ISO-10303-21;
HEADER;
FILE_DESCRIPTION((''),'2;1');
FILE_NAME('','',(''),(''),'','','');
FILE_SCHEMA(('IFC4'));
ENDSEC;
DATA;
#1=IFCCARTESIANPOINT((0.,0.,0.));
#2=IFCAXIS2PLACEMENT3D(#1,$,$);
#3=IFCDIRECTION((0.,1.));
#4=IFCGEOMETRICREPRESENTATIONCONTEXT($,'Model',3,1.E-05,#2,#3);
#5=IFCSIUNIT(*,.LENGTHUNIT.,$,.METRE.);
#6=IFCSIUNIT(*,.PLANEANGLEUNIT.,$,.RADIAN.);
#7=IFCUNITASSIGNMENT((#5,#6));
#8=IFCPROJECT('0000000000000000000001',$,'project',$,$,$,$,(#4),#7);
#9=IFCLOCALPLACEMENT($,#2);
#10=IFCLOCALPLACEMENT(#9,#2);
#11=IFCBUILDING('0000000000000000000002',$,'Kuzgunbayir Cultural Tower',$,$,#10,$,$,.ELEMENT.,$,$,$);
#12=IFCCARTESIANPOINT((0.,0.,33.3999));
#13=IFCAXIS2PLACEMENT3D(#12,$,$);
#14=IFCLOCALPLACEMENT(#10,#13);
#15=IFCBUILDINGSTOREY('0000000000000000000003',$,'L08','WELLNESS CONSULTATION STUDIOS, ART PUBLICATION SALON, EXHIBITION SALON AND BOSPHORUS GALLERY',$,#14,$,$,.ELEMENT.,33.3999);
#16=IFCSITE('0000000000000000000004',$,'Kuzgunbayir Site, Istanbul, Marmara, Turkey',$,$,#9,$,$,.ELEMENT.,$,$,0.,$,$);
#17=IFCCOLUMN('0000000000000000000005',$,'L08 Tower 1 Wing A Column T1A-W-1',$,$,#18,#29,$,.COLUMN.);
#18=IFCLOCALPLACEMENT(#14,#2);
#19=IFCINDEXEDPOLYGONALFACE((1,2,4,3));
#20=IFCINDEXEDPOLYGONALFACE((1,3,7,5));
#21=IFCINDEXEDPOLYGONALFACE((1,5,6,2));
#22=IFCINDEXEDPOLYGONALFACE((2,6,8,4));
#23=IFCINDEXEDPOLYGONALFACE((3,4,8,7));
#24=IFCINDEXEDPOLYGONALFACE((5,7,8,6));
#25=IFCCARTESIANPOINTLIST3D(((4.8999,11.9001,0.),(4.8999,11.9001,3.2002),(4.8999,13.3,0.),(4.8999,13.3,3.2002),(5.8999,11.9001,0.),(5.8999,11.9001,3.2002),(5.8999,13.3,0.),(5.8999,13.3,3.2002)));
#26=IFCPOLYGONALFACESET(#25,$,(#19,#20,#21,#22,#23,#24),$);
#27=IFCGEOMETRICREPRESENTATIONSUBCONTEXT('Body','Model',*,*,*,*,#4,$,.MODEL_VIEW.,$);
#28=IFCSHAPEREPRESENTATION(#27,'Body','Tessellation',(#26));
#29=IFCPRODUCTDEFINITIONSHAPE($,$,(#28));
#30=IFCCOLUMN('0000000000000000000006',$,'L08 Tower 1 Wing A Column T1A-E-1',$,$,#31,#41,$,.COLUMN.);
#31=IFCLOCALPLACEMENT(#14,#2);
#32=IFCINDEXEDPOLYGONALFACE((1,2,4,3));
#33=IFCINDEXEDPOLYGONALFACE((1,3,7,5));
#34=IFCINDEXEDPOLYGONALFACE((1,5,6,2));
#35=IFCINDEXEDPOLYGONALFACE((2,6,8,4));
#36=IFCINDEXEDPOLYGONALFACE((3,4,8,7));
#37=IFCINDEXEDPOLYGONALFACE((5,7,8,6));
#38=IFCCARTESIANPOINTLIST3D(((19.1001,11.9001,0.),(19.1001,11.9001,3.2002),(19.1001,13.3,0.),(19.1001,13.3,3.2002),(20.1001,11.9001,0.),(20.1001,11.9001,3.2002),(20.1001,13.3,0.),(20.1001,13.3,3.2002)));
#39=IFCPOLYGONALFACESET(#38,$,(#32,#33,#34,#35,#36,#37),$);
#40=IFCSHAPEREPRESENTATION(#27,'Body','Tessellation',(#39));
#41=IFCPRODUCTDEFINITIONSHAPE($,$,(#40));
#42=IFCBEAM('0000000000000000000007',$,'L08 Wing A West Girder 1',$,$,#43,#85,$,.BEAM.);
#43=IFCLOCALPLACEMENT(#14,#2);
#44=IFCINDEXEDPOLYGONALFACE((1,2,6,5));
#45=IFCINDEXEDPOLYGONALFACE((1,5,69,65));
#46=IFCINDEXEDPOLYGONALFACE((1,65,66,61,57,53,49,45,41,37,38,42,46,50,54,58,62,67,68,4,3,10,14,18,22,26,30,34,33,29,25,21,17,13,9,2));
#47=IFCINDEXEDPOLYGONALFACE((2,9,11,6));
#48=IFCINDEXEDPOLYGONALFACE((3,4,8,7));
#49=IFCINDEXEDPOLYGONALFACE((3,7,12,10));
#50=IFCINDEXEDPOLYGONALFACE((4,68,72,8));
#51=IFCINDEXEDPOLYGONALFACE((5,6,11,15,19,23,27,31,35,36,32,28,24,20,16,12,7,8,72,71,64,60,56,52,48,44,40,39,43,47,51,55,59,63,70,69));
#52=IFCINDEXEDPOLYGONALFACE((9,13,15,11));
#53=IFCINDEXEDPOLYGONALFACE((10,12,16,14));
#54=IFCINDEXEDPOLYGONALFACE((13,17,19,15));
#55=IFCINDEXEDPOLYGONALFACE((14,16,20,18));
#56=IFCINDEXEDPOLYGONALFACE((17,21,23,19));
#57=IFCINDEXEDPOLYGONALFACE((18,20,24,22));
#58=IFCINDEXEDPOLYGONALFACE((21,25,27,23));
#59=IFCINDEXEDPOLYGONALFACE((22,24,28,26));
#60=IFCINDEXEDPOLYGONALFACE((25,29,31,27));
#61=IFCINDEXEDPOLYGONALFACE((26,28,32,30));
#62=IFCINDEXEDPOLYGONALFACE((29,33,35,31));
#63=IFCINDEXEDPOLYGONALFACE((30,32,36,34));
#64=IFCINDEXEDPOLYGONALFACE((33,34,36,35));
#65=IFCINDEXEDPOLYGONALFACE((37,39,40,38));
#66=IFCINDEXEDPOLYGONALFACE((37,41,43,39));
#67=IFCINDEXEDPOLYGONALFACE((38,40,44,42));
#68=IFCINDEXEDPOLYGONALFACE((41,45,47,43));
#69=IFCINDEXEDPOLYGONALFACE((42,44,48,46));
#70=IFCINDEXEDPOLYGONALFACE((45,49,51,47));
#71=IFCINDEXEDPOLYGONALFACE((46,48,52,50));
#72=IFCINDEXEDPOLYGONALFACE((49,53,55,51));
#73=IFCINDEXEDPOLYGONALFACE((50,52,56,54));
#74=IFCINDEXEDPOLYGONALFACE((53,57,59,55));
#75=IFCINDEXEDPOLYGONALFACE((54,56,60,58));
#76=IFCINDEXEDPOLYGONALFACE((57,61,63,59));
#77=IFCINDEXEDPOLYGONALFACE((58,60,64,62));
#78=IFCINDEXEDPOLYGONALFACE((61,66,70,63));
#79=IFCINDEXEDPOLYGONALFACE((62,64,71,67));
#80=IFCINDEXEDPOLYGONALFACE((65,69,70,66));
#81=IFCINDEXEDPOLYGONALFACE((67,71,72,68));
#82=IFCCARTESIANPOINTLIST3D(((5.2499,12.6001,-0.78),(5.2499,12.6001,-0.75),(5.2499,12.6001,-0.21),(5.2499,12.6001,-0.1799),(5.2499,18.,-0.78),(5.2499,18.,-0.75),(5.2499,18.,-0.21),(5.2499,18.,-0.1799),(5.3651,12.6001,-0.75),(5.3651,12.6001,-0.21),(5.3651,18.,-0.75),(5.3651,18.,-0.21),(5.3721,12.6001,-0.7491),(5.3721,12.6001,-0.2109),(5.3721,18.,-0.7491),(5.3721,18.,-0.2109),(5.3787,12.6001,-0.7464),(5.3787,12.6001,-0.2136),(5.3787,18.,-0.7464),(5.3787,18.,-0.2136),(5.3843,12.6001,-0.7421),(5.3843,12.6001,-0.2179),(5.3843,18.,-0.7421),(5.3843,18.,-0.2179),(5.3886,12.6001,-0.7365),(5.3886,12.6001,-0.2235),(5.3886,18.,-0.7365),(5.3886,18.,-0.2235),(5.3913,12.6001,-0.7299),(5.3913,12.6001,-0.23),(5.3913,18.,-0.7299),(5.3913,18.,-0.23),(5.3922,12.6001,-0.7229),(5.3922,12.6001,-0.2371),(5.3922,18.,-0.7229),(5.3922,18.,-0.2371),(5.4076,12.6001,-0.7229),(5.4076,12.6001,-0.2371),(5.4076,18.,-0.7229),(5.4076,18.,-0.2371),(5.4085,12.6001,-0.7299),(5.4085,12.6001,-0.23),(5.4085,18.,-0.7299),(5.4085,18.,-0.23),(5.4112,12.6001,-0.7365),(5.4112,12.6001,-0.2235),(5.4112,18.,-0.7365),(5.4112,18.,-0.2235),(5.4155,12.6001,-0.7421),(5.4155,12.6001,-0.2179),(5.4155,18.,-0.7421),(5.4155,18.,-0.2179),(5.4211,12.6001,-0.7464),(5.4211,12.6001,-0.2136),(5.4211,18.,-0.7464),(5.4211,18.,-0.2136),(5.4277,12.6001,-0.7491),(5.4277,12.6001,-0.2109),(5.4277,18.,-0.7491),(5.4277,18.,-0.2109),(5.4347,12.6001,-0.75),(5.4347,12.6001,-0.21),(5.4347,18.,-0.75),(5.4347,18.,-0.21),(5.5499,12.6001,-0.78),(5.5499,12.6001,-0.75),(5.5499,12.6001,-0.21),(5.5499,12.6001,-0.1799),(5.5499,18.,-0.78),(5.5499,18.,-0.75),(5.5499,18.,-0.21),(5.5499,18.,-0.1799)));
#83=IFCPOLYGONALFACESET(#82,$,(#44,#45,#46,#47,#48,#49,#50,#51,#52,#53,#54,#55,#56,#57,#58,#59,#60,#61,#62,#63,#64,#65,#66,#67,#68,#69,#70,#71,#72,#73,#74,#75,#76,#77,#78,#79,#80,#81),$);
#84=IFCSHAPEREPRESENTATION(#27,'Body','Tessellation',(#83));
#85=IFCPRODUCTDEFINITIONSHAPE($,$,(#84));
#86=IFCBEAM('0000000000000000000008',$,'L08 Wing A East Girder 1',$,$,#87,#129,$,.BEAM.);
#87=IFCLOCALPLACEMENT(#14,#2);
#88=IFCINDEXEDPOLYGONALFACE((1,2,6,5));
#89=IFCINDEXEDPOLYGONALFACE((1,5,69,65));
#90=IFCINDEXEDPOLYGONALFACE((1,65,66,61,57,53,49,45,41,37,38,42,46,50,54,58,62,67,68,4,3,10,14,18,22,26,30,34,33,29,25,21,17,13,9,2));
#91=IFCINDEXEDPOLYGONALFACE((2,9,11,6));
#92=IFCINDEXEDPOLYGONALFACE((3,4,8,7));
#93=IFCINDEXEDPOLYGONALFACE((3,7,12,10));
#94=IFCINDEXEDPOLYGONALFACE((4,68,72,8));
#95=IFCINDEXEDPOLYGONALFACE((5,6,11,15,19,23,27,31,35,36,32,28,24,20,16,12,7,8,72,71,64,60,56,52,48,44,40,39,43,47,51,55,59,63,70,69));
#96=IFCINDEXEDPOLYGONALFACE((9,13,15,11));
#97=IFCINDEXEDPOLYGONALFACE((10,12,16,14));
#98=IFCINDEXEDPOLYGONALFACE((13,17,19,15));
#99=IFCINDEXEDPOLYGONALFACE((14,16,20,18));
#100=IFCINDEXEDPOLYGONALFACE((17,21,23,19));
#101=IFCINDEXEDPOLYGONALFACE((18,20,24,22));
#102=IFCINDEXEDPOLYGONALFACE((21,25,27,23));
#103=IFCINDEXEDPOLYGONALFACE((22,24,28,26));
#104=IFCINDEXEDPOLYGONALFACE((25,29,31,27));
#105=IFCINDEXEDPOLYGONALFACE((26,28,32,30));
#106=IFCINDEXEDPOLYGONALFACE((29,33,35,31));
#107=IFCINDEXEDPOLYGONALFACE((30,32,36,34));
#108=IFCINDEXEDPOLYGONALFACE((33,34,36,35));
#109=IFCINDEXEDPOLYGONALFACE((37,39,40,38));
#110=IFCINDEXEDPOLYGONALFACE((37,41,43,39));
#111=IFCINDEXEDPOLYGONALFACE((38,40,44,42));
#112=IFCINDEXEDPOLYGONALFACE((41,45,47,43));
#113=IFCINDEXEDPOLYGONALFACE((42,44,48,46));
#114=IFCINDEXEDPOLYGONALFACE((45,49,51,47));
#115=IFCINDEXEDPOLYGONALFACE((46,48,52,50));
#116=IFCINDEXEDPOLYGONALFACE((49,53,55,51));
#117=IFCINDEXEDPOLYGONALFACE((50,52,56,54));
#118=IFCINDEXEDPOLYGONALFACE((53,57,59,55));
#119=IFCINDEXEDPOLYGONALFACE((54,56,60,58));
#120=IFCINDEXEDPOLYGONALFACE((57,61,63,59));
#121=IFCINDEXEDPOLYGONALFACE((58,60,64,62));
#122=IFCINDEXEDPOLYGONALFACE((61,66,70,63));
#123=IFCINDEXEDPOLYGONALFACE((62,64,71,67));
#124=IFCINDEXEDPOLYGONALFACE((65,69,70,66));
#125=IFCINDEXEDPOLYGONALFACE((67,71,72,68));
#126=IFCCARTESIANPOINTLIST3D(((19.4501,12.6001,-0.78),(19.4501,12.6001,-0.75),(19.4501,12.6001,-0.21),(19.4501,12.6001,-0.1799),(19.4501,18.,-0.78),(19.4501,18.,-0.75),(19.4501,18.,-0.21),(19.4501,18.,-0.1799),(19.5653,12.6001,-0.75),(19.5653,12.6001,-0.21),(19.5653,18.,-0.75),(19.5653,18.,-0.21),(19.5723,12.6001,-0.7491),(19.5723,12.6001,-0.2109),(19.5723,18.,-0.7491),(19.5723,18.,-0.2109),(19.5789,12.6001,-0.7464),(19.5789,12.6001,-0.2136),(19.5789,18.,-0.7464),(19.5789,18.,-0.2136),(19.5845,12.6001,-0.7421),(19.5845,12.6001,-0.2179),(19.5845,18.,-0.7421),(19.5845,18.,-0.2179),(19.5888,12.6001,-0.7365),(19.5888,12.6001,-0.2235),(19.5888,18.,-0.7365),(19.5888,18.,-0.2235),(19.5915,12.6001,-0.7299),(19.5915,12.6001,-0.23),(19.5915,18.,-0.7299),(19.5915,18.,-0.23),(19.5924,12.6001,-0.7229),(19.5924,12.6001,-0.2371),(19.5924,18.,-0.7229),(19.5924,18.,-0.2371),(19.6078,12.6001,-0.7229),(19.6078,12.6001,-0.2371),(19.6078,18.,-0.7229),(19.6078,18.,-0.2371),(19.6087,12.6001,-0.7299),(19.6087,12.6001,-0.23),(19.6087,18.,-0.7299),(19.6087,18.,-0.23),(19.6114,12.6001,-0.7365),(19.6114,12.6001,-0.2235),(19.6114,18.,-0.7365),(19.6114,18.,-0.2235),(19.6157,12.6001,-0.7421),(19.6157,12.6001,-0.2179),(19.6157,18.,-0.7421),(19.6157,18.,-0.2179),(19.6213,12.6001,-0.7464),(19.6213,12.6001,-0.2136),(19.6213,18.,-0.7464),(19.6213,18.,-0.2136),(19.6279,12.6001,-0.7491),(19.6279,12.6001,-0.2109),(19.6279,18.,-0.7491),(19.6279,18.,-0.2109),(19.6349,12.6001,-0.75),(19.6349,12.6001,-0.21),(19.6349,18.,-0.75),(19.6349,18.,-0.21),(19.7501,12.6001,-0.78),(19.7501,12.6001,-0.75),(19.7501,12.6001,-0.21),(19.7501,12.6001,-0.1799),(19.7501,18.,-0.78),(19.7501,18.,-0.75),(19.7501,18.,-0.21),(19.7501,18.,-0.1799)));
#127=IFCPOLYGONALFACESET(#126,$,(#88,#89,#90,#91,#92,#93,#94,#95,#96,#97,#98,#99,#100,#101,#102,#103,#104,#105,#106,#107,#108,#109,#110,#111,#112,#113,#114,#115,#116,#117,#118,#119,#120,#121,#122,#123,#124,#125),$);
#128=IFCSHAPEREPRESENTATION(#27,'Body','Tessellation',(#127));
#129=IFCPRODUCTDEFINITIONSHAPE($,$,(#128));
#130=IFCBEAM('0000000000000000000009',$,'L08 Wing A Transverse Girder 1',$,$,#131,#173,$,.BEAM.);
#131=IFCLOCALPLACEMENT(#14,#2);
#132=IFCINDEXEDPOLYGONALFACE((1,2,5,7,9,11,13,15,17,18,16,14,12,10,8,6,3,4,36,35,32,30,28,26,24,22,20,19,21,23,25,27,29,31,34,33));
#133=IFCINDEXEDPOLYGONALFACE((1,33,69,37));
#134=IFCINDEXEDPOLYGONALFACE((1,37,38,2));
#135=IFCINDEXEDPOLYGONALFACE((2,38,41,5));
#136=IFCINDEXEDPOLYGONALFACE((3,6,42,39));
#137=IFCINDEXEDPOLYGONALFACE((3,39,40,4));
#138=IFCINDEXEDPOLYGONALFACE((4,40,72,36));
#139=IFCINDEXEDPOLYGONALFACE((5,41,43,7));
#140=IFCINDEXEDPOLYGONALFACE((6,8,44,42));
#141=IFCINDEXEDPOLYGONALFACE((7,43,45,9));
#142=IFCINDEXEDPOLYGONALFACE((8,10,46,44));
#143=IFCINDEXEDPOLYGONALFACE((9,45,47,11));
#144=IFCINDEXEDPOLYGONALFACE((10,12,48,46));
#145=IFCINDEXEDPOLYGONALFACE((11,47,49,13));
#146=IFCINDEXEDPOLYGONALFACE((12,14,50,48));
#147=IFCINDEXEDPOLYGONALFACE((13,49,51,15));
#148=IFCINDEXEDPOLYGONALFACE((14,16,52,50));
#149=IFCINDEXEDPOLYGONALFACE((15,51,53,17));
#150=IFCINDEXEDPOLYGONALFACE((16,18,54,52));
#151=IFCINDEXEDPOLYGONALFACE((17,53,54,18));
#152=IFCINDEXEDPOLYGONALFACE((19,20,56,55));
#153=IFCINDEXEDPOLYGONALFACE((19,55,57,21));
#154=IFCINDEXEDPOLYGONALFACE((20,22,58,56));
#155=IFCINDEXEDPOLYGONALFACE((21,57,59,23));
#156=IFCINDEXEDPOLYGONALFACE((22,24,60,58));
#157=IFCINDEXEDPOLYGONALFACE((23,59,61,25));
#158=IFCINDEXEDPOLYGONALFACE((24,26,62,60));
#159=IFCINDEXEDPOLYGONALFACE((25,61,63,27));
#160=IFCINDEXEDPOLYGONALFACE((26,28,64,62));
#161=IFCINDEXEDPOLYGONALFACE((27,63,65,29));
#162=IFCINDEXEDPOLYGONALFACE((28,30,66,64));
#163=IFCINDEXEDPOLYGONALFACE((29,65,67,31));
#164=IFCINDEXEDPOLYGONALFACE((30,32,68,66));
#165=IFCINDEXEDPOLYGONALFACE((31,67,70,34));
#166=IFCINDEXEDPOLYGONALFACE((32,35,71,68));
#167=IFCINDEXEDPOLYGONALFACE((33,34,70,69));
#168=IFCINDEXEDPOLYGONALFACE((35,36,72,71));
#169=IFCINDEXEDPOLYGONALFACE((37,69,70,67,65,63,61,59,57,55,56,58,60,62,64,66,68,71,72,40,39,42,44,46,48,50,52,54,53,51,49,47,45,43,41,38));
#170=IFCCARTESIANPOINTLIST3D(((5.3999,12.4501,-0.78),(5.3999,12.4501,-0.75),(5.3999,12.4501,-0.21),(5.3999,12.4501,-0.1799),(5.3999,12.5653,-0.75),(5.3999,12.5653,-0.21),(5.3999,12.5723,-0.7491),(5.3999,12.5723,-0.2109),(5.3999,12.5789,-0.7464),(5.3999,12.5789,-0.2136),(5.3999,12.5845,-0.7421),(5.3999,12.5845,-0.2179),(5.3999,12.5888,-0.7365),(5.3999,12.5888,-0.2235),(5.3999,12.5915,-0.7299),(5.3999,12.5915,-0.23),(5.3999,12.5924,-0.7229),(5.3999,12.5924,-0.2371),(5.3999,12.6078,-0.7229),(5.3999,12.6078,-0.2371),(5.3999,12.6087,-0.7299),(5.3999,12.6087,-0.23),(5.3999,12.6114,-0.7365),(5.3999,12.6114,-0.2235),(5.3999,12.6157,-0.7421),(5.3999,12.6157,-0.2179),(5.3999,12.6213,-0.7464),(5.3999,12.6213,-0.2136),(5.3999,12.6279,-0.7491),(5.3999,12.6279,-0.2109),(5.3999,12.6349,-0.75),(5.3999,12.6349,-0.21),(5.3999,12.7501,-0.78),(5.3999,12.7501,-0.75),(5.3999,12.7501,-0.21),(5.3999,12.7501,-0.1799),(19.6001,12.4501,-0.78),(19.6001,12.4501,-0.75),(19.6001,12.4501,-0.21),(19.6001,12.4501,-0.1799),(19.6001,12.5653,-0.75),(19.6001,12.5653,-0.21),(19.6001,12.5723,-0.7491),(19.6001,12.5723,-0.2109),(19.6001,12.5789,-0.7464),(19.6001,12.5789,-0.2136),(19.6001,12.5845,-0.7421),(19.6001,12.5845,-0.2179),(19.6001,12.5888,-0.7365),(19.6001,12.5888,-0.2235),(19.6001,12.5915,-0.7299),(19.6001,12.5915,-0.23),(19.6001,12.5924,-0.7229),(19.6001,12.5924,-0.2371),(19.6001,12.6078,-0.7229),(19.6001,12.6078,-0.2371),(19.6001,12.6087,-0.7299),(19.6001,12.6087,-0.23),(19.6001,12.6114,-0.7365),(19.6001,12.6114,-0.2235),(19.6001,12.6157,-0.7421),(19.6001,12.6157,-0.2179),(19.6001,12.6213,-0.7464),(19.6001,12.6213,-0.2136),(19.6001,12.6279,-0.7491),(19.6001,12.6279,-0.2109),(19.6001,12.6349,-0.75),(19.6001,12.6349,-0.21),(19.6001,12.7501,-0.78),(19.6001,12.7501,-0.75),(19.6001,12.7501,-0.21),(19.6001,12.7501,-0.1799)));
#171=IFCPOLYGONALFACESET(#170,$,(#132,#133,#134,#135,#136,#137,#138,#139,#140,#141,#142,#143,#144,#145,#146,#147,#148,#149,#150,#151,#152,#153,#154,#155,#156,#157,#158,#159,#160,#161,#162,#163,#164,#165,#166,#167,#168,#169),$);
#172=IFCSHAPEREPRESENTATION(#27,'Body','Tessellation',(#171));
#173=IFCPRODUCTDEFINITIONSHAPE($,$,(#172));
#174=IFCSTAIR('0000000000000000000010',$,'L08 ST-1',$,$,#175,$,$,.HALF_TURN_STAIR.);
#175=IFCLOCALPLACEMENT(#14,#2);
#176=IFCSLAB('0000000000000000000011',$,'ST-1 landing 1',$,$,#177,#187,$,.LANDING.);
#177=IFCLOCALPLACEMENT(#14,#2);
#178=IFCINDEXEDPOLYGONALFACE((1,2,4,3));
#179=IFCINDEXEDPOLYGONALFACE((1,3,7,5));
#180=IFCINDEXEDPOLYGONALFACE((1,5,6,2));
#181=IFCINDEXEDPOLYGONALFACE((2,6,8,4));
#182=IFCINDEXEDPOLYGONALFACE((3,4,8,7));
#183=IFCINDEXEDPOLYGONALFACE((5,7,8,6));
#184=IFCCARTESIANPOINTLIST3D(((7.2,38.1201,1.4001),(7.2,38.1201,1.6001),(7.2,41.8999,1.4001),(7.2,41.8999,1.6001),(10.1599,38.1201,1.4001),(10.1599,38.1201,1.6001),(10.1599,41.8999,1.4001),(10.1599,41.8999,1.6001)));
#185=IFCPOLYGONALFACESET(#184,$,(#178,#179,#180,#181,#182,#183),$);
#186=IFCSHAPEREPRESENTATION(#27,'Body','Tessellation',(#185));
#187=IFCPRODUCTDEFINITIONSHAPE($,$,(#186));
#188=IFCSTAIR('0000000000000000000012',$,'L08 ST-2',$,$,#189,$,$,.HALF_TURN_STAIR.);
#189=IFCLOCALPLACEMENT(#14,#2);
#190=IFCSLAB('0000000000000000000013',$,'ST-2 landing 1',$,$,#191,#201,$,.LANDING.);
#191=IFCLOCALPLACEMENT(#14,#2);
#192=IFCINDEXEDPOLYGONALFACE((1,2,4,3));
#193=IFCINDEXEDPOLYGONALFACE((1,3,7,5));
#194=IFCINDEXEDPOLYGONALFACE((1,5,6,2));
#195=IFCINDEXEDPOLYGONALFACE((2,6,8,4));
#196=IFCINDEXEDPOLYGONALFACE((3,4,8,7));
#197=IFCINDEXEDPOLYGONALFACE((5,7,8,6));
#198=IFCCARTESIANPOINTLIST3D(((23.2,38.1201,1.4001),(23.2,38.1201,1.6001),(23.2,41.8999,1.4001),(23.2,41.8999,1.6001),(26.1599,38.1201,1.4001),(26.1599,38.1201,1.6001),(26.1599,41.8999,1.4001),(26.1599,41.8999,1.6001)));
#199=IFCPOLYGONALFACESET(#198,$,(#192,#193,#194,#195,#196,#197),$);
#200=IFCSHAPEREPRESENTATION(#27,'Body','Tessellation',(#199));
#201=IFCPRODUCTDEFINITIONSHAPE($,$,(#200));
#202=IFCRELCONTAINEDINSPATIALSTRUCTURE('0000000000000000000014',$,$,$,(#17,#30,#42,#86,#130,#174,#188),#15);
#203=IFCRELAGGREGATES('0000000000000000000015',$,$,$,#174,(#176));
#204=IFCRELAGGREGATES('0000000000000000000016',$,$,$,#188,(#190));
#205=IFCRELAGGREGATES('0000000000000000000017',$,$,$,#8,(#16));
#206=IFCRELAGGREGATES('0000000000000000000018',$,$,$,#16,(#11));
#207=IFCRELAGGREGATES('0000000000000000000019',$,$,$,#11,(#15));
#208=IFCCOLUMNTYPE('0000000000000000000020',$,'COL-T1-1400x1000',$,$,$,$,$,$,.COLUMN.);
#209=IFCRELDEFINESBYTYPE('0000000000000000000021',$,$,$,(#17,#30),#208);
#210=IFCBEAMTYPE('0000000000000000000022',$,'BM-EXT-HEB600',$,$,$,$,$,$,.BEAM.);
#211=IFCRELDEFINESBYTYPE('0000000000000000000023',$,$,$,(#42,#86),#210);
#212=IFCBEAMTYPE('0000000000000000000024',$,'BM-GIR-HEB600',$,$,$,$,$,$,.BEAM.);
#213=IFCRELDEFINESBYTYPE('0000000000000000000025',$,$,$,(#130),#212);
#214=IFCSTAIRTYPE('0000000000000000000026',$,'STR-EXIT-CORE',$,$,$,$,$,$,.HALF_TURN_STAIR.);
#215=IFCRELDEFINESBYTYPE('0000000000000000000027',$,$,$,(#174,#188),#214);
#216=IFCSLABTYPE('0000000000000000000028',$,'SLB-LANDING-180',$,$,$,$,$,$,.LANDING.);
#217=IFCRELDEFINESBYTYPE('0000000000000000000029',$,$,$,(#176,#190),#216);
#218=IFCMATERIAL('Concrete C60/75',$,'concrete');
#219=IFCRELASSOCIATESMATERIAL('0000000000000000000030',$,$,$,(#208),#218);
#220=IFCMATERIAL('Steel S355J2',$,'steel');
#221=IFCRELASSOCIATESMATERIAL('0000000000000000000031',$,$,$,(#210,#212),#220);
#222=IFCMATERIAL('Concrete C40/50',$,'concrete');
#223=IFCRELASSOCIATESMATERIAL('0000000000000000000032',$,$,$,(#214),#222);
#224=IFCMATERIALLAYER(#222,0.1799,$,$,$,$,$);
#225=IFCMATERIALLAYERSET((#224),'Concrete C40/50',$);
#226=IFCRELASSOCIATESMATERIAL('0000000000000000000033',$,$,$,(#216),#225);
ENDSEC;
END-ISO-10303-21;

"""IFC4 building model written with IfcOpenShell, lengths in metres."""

from ifc_helpers import new_model, si_unit, direction, frame, origin, origin_2d, place, context, subcontext, project, spatial, polyline, rectangle, i_section, outline, extrude, material, layer, layer_set, material_profile, profile_set, type_object, element, aggregate, save


model = new_model("IFC4")

# Units and contexts
model_context = context("Model", 3, precision=1e-05, world=origin(), true_north=direction((0.0, 1.0)))
body_context = subcontext(model_context, "Body", "Model", "MODEL_VIEW")
ifc_project = project(units=[si_unit("LENGTHUNIT", "METRE"), si_unit("PLANEANGLEUNIT", "RADIAN")], contexts=[model_context])

# Site, building, storey
site_placement = place(None, origin())
site = spatial("IfcSite", under=ifc_project, at=site_placement, Name="Kuzgunbayir Site, Istanbul, Marmara, Turkey", CompositionType="ELEMENT", RefElevation=0.0)
building_placement = place(site_placement, origin())
building = spatial("IfcBuilding", under=site, at=building_placement, Name="Kuzgunbayir Cultural Tower", CompositionType="ELEMENT")
storey_placement = place(building_placement, frame((0.0, 0.0, 33.3999)))
storey = spatial("IfcBuildingStorey", under=building, at=storey_placement, Name="L08", Description="WELLNESS CONSULTATION STUDIOS, ART PUBLICATION SALON, EXHIBITION SALON AND BOSPHORUS GALLERY", CompositionType="ELEMENT", Elevation=33.3999)

# Columns
ifc_material_1 = material(Name="Concrete C60/75", Category="concrete")
ifc_material_profile_1 = material_profile(ifc_material_1, rectangle(XDim=1.0, YDim=1.3999, at=origin_2d()), Name="RC 1400x1000")
ifc_profile_set_1 = profile_set([ifc_material_profile_1], Name="Concrete C60/75")
column_type = type_object("IfcColumnType", Name="COL-T1-1400x1000", PredefinedType="COLUMN", material=ifc_profile_set_1)
for number, where, z_axis, x_axis, name in (
    (1, (5.3999, 12.6001, 0.0), (0.0, 0.0, 1.0), (1.0, 0.0, 0.0), "L08 Tower 1 Wing A Column T1A-W-1"),
    (2, (19.6001, 12.6001, 0.0), (0.0, 0.0, 1.0), (1.0, 0.0, 0.0), "L08 Tower 1 Wing A Column T1A-E-1"),
):
    element("IfcColumn", number, at=place(storey_placement, frame(where, z_axis=z_axis, x_axis=x_axis)), inside=storey, type_object=column_type, Name=name, PredefinedType="COLUMN", context=body_context, shape_type="SweptSolid", body=[
        extrude(rectangle(XDim=1.0, YDim=1.3999, at=origin_2d()), origin(), (0.0, 0.0, 1.0), 3.2002),
    ])

# Beams
ifc_material_2 = material(Name="Steel S355J2", Category="steel")
ifc_material_profile_2 = material_profile(ifc_material_2, i_section(OverallWidth=0.3, OverallDepth=0.6001, WebThickness=0.0154, FlangeThickness=0.03, FilletRadius=0.0271, at=origin_2d()), Name="HEB 600")
ifc_profile_set_2 = profile_set([ifc_material_profile_2], Name="Steel S355J2")
beam_type_1 = type_object("IfcBeamType", Name="BM-EXT-HEB600", PredefinedType="BEAM", material=ifc_profile_set_2)
for number, where, z_axis, x_axis, name in (
    (3, (5.3999, 12.6001, -0.48), (0.0, 1.0, 0.0), (-1.0, 0.0, 0.0), "L08 Wing A West Girder 1"),
    (4, (19.6001, 12.6001, -0.48), (0.0, 1.0, 0.0), (-1.0, 0.0, 0.0), "L08 Wing A East Girder 1"),
):
    element("IfcBeam", number, at=place(storey_placement, frame(where, z_axis=z_axis, x_axis=x_axis)), inside=storey, type_object=beam_type_1, Name=name, PredefinedType="BEAM", context=body_context, shape_type="SweptSolid", body=[
        extrude(i_section(OverallWidth=0.3, OverallDepth=0.6001, WebThickness=0.0154, FlangeThickness=0.03, FilletRadius=0.0271, at=origin_2d()), origin(), (0.0, 0.0, 1.0), 5.3999),
    ])
ifc_material_profile_3 = material_profile(ifc_material_2, i_section(OverallWidth=0.3, OverallDepth=0.6001, WebThickness=0.0154, FlangeThickness=0.03, FilletRadius=0.0271, at=origin_2d()), Name="HEB 600")
ifc_profile_set_3 = profile_set([ifc_material_profile_3], Name="Steel S355J2")
beam_type_2 = type_object("IfcBeamType", Name="BM-GIR-HEB600", PredefinedType="BEAM", material=ifc_profile_set_3)
beam_placement = place(storey_placement, frame((5.3999, 12.6001, -0.48), z_axis=(1.0, 0.0, 0.0), x_axis=(0.0, 1.0, 0.0)))
element("IfcBeam", 5, at=beam_placement, inside=storey, type_object=beam_type_2, Name="L08 Wing A Transverse Girder 1", PredefinedType="BEAM", context=body_context, shape_type="SweptSolid", body=[
    extrude(i_section(OverallWidth=0.3, OverallDepth=0.6001, WebThickness=0.0154, FlangeThickness=0.03, FilletRadius=0.0271, at=origin_2d()), origin(), (0.0, 0.0, 1.0), 14.2002),
])

# Stairs, slabs
ifc_material_3 = material(Name="Concrete C40/50", Category="concrete")
stair_type = type_object("IfcStairType", Name="STR-EXIT-CORE", PredefinedType="HALF_TURN_STAIR", material=ifc_material_3)
stair_1_placement = place(storey_placement, origin())
stair_1 = element("IfcStair", 6, at=stair_1_placement, inside=storey, type_object=stair_type, Name="L08 ST-1", PredefinedType="HALF_TURN_STAIR")
ifc_layer_1 = layer(ifc_material_3, 0.1799)
ifc_layer_set_1 = layer_set([ifc_layer_1], Name="Concrete C40/50")
slab_type_1 = type_object("IfcSlabType", Name="SLB-LANDING-180", PredefinedType="LANDING", material=ifc_layer_set_1)
slab_1_placement = place(storey_placement, frame((0.0, 0.0, 1.4001)))
slab_1 = element("IfcSlab", 7, at=slab_1_placement, type_object=slab_type_1, Name="ST-1 landing 1", PredefinedType="LANDING", context=body_context, shape_type="SweptSolid", body=[
    extrude(outline(polyline([(10.1599, 38.1201), (10.1599, 41.8999), (7.2, 41.8999), (7.2, 38.1201), (10.1599, 38.1201)])), origin(), (0.0, 0.0, 1.0), 0.2),
])
aggregate(stair_1, [slab_1])
stair_2_placement = place(storey_placement, origin())
stair_2 = element("IfcStair", 8, at=stair_2_placement, inside=storey, type_object=stair_type, Name="L08 ST-2", PredefinedType="HALF_TURN_STAIR")
slab_2_placement = place(storey_placement, frame((0.0, 0.0, 1.4001)))
slab_2 = element("IfcSlab", 9, at=slab_2_placement, type_object=slab_type_1, Name="ST-2 landing 1", PredefinedType="LANDING", context=body_context, shape_type="SweptSolid", body=[
    extrude(outline(polyline([(26.1599, 38.1201), (26.1599, 41.8999), (23.2, 41.8999), (23.2, 38.1201), (26.1599, 38.1201)])), origin(), (0.0, 0.0, 1.0), 0.2),
])
aggregate(stair_2, [slab_2])

save(model, "model.ifc")
